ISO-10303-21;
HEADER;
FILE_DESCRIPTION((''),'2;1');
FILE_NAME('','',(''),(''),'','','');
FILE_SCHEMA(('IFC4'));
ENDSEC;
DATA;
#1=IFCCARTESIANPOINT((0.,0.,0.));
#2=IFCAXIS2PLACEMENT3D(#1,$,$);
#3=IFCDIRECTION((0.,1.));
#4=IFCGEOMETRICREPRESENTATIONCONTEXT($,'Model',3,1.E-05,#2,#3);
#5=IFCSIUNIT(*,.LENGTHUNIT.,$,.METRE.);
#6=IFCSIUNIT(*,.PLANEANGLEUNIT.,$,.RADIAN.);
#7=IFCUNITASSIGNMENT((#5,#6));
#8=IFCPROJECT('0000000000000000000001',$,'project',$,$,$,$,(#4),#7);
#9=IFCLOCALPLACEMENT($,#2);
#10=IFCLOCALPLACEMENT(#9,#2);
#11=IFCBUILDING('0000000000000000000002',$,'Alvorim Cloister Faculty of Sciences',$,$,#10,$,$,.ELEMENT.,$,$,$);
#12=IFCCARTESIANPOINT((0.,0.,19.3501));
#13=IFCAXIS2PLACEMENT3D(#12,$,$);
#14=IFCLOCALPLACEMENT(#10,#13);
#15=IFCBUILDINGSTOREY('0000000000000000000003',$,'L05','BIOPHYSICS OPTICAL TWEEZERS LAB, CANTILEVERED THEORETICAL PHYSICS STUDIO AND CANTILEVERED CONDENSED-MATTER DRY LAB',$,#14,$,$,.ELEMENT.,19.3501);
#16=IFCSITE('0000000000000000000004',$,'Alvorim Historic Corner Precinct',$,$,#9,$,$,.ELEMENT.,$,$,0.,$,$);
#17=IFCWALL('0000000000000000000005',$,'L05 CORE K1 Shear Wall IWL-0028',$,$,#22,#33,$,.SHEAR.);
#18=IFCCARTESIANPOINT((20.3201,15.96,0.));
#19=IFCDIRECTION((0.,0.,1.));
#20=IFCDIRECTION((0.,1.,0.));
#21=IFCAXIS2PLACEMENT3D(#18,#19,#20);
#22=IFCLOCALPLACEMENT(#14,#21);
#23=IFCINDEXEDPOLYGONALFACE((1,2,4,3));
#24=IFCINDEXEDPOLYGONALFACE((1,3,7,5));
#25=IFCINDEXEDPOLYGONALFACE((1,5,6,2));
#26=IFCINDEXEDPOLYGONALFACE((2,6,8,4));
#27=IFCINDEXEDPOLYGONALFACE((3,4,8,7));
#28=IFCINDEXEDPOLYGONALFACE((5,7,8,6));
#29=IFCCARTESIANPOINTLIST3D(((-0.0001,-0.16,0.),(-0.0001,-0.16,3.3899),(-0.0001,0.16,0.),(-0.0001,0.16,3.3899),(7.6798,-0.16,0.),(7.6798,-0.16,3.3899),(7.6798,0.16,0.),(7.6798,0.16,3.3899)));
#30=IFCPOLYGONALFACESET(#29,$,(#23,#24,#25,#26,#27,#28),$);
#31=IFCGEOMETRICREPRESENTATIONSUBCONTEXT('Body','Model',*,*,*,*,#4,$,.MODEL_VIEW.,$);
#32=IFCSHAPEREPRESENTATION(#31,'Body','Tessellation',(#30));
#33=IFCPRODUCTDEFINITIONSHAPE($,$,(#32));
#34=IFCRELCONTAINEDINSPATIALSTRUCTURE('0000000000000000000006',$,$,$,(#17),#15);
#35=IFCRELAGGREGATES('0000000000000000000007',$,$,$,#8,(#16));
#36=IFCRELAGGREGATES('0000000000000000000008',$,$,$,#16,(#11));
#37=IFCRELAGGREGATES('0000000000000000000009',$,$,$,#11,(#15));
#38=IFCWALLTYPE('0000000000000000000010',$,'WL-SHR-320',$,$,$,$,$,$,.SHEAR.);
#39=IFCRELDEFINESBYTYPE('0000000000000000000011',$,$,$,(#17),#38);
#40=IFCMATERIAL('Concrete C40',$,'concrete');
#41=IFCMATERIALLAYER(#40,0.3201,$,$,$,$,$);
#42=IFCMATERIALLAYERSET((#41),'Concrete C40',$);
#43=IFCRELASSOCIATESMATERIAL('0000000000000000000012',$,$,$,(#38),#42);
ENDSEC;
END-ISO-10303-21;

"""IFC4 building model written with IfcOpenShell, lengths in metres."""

from ifc_helpers import new_model, si_unit, direction, frame, frame_2d, origin, place, context, subcontext, project, spatial, rectangle, extrude, material, layer, layer_set, type_object, element, save


model = new_model("IFC4")

# Units and contexts
model_context = context("Model", 3, precision=1e-05, world=origin(), true_north=direction((0.0, 1.0)))
body_context = subcontext(model_context, "Body", "Model", "MODEL_VIEW")
ifc_project = project(units=[si_unit("LENGTHUNIT", "METRE"), si_unit("PLANEANGLEUNIT", "RADIAN")], contexts=[model_context])

# Site, building, storey
site_placement = place(None, origin())
site = spatial("IfcSite", under=ifc_project, at=site_placement, Name="Alvorim Historic Corner Precinct", CompositionType="ELEMENT", RefElevation=0.0)
building_placement = place(site_placement, origin())
building = spatial("IfcBuilding", under=site, at=building_placement, Name="Alvorim Cloister Faculty of Sciences", CompositionType="ELEMENT")
storey_placement = place(building_placement, frame((0.0, 0.0, 19.3501)))
storey = spatial("IfcBuildingStorey", under=building, at=storey_placement, Name="L05", Description="BIOPHYSICS OPTICAL TWEEZERS LAB, CANTILEVERED THEORETICAL PHYSICS STUDIO AND CANTILEVERED CONDENSED-MATTER DRY LAB", CompositionType="ELEMENT", Elevation=19.3501)

# Wall
ifc_material_1 = material(Name="Concrete C40", Category="concrete")
ifc_layer_1 = layer(ifc_material_1, 0.3201)
ifc_layer_set_1 = layer_set([ifc_layer_1], Name="Concrete C40")
wall_type_1 = type_object("IfcWallType", Name="WL-SHR-320", PredefinedType="SHEAR", material=ifc_layer_set_1)
wall_1_placement = place(storey_placement, frame((20.3201, 15.96, 0.0), z_axis=(0.0, 0.0, 1.0), x_axis=(0.0, 1.0, 0.0)))
element("IfcWall", 1, at=wall_1_placement, inside=storey, type_object=wall_type_1, Name="L05 CORE K1 Shear Wall IWL-0028", PredefinedType="SHEAR", context=body_context, shape_type="SweptSolid", body=[
    extrude(rectangle(XDim=7.6799, YDim=0.3201, at=frame_2d((3.8398, 0.0))), origin(), (0.0, 0.0, 1.0), 3.3899),
])

save(model, "model.ifc")
